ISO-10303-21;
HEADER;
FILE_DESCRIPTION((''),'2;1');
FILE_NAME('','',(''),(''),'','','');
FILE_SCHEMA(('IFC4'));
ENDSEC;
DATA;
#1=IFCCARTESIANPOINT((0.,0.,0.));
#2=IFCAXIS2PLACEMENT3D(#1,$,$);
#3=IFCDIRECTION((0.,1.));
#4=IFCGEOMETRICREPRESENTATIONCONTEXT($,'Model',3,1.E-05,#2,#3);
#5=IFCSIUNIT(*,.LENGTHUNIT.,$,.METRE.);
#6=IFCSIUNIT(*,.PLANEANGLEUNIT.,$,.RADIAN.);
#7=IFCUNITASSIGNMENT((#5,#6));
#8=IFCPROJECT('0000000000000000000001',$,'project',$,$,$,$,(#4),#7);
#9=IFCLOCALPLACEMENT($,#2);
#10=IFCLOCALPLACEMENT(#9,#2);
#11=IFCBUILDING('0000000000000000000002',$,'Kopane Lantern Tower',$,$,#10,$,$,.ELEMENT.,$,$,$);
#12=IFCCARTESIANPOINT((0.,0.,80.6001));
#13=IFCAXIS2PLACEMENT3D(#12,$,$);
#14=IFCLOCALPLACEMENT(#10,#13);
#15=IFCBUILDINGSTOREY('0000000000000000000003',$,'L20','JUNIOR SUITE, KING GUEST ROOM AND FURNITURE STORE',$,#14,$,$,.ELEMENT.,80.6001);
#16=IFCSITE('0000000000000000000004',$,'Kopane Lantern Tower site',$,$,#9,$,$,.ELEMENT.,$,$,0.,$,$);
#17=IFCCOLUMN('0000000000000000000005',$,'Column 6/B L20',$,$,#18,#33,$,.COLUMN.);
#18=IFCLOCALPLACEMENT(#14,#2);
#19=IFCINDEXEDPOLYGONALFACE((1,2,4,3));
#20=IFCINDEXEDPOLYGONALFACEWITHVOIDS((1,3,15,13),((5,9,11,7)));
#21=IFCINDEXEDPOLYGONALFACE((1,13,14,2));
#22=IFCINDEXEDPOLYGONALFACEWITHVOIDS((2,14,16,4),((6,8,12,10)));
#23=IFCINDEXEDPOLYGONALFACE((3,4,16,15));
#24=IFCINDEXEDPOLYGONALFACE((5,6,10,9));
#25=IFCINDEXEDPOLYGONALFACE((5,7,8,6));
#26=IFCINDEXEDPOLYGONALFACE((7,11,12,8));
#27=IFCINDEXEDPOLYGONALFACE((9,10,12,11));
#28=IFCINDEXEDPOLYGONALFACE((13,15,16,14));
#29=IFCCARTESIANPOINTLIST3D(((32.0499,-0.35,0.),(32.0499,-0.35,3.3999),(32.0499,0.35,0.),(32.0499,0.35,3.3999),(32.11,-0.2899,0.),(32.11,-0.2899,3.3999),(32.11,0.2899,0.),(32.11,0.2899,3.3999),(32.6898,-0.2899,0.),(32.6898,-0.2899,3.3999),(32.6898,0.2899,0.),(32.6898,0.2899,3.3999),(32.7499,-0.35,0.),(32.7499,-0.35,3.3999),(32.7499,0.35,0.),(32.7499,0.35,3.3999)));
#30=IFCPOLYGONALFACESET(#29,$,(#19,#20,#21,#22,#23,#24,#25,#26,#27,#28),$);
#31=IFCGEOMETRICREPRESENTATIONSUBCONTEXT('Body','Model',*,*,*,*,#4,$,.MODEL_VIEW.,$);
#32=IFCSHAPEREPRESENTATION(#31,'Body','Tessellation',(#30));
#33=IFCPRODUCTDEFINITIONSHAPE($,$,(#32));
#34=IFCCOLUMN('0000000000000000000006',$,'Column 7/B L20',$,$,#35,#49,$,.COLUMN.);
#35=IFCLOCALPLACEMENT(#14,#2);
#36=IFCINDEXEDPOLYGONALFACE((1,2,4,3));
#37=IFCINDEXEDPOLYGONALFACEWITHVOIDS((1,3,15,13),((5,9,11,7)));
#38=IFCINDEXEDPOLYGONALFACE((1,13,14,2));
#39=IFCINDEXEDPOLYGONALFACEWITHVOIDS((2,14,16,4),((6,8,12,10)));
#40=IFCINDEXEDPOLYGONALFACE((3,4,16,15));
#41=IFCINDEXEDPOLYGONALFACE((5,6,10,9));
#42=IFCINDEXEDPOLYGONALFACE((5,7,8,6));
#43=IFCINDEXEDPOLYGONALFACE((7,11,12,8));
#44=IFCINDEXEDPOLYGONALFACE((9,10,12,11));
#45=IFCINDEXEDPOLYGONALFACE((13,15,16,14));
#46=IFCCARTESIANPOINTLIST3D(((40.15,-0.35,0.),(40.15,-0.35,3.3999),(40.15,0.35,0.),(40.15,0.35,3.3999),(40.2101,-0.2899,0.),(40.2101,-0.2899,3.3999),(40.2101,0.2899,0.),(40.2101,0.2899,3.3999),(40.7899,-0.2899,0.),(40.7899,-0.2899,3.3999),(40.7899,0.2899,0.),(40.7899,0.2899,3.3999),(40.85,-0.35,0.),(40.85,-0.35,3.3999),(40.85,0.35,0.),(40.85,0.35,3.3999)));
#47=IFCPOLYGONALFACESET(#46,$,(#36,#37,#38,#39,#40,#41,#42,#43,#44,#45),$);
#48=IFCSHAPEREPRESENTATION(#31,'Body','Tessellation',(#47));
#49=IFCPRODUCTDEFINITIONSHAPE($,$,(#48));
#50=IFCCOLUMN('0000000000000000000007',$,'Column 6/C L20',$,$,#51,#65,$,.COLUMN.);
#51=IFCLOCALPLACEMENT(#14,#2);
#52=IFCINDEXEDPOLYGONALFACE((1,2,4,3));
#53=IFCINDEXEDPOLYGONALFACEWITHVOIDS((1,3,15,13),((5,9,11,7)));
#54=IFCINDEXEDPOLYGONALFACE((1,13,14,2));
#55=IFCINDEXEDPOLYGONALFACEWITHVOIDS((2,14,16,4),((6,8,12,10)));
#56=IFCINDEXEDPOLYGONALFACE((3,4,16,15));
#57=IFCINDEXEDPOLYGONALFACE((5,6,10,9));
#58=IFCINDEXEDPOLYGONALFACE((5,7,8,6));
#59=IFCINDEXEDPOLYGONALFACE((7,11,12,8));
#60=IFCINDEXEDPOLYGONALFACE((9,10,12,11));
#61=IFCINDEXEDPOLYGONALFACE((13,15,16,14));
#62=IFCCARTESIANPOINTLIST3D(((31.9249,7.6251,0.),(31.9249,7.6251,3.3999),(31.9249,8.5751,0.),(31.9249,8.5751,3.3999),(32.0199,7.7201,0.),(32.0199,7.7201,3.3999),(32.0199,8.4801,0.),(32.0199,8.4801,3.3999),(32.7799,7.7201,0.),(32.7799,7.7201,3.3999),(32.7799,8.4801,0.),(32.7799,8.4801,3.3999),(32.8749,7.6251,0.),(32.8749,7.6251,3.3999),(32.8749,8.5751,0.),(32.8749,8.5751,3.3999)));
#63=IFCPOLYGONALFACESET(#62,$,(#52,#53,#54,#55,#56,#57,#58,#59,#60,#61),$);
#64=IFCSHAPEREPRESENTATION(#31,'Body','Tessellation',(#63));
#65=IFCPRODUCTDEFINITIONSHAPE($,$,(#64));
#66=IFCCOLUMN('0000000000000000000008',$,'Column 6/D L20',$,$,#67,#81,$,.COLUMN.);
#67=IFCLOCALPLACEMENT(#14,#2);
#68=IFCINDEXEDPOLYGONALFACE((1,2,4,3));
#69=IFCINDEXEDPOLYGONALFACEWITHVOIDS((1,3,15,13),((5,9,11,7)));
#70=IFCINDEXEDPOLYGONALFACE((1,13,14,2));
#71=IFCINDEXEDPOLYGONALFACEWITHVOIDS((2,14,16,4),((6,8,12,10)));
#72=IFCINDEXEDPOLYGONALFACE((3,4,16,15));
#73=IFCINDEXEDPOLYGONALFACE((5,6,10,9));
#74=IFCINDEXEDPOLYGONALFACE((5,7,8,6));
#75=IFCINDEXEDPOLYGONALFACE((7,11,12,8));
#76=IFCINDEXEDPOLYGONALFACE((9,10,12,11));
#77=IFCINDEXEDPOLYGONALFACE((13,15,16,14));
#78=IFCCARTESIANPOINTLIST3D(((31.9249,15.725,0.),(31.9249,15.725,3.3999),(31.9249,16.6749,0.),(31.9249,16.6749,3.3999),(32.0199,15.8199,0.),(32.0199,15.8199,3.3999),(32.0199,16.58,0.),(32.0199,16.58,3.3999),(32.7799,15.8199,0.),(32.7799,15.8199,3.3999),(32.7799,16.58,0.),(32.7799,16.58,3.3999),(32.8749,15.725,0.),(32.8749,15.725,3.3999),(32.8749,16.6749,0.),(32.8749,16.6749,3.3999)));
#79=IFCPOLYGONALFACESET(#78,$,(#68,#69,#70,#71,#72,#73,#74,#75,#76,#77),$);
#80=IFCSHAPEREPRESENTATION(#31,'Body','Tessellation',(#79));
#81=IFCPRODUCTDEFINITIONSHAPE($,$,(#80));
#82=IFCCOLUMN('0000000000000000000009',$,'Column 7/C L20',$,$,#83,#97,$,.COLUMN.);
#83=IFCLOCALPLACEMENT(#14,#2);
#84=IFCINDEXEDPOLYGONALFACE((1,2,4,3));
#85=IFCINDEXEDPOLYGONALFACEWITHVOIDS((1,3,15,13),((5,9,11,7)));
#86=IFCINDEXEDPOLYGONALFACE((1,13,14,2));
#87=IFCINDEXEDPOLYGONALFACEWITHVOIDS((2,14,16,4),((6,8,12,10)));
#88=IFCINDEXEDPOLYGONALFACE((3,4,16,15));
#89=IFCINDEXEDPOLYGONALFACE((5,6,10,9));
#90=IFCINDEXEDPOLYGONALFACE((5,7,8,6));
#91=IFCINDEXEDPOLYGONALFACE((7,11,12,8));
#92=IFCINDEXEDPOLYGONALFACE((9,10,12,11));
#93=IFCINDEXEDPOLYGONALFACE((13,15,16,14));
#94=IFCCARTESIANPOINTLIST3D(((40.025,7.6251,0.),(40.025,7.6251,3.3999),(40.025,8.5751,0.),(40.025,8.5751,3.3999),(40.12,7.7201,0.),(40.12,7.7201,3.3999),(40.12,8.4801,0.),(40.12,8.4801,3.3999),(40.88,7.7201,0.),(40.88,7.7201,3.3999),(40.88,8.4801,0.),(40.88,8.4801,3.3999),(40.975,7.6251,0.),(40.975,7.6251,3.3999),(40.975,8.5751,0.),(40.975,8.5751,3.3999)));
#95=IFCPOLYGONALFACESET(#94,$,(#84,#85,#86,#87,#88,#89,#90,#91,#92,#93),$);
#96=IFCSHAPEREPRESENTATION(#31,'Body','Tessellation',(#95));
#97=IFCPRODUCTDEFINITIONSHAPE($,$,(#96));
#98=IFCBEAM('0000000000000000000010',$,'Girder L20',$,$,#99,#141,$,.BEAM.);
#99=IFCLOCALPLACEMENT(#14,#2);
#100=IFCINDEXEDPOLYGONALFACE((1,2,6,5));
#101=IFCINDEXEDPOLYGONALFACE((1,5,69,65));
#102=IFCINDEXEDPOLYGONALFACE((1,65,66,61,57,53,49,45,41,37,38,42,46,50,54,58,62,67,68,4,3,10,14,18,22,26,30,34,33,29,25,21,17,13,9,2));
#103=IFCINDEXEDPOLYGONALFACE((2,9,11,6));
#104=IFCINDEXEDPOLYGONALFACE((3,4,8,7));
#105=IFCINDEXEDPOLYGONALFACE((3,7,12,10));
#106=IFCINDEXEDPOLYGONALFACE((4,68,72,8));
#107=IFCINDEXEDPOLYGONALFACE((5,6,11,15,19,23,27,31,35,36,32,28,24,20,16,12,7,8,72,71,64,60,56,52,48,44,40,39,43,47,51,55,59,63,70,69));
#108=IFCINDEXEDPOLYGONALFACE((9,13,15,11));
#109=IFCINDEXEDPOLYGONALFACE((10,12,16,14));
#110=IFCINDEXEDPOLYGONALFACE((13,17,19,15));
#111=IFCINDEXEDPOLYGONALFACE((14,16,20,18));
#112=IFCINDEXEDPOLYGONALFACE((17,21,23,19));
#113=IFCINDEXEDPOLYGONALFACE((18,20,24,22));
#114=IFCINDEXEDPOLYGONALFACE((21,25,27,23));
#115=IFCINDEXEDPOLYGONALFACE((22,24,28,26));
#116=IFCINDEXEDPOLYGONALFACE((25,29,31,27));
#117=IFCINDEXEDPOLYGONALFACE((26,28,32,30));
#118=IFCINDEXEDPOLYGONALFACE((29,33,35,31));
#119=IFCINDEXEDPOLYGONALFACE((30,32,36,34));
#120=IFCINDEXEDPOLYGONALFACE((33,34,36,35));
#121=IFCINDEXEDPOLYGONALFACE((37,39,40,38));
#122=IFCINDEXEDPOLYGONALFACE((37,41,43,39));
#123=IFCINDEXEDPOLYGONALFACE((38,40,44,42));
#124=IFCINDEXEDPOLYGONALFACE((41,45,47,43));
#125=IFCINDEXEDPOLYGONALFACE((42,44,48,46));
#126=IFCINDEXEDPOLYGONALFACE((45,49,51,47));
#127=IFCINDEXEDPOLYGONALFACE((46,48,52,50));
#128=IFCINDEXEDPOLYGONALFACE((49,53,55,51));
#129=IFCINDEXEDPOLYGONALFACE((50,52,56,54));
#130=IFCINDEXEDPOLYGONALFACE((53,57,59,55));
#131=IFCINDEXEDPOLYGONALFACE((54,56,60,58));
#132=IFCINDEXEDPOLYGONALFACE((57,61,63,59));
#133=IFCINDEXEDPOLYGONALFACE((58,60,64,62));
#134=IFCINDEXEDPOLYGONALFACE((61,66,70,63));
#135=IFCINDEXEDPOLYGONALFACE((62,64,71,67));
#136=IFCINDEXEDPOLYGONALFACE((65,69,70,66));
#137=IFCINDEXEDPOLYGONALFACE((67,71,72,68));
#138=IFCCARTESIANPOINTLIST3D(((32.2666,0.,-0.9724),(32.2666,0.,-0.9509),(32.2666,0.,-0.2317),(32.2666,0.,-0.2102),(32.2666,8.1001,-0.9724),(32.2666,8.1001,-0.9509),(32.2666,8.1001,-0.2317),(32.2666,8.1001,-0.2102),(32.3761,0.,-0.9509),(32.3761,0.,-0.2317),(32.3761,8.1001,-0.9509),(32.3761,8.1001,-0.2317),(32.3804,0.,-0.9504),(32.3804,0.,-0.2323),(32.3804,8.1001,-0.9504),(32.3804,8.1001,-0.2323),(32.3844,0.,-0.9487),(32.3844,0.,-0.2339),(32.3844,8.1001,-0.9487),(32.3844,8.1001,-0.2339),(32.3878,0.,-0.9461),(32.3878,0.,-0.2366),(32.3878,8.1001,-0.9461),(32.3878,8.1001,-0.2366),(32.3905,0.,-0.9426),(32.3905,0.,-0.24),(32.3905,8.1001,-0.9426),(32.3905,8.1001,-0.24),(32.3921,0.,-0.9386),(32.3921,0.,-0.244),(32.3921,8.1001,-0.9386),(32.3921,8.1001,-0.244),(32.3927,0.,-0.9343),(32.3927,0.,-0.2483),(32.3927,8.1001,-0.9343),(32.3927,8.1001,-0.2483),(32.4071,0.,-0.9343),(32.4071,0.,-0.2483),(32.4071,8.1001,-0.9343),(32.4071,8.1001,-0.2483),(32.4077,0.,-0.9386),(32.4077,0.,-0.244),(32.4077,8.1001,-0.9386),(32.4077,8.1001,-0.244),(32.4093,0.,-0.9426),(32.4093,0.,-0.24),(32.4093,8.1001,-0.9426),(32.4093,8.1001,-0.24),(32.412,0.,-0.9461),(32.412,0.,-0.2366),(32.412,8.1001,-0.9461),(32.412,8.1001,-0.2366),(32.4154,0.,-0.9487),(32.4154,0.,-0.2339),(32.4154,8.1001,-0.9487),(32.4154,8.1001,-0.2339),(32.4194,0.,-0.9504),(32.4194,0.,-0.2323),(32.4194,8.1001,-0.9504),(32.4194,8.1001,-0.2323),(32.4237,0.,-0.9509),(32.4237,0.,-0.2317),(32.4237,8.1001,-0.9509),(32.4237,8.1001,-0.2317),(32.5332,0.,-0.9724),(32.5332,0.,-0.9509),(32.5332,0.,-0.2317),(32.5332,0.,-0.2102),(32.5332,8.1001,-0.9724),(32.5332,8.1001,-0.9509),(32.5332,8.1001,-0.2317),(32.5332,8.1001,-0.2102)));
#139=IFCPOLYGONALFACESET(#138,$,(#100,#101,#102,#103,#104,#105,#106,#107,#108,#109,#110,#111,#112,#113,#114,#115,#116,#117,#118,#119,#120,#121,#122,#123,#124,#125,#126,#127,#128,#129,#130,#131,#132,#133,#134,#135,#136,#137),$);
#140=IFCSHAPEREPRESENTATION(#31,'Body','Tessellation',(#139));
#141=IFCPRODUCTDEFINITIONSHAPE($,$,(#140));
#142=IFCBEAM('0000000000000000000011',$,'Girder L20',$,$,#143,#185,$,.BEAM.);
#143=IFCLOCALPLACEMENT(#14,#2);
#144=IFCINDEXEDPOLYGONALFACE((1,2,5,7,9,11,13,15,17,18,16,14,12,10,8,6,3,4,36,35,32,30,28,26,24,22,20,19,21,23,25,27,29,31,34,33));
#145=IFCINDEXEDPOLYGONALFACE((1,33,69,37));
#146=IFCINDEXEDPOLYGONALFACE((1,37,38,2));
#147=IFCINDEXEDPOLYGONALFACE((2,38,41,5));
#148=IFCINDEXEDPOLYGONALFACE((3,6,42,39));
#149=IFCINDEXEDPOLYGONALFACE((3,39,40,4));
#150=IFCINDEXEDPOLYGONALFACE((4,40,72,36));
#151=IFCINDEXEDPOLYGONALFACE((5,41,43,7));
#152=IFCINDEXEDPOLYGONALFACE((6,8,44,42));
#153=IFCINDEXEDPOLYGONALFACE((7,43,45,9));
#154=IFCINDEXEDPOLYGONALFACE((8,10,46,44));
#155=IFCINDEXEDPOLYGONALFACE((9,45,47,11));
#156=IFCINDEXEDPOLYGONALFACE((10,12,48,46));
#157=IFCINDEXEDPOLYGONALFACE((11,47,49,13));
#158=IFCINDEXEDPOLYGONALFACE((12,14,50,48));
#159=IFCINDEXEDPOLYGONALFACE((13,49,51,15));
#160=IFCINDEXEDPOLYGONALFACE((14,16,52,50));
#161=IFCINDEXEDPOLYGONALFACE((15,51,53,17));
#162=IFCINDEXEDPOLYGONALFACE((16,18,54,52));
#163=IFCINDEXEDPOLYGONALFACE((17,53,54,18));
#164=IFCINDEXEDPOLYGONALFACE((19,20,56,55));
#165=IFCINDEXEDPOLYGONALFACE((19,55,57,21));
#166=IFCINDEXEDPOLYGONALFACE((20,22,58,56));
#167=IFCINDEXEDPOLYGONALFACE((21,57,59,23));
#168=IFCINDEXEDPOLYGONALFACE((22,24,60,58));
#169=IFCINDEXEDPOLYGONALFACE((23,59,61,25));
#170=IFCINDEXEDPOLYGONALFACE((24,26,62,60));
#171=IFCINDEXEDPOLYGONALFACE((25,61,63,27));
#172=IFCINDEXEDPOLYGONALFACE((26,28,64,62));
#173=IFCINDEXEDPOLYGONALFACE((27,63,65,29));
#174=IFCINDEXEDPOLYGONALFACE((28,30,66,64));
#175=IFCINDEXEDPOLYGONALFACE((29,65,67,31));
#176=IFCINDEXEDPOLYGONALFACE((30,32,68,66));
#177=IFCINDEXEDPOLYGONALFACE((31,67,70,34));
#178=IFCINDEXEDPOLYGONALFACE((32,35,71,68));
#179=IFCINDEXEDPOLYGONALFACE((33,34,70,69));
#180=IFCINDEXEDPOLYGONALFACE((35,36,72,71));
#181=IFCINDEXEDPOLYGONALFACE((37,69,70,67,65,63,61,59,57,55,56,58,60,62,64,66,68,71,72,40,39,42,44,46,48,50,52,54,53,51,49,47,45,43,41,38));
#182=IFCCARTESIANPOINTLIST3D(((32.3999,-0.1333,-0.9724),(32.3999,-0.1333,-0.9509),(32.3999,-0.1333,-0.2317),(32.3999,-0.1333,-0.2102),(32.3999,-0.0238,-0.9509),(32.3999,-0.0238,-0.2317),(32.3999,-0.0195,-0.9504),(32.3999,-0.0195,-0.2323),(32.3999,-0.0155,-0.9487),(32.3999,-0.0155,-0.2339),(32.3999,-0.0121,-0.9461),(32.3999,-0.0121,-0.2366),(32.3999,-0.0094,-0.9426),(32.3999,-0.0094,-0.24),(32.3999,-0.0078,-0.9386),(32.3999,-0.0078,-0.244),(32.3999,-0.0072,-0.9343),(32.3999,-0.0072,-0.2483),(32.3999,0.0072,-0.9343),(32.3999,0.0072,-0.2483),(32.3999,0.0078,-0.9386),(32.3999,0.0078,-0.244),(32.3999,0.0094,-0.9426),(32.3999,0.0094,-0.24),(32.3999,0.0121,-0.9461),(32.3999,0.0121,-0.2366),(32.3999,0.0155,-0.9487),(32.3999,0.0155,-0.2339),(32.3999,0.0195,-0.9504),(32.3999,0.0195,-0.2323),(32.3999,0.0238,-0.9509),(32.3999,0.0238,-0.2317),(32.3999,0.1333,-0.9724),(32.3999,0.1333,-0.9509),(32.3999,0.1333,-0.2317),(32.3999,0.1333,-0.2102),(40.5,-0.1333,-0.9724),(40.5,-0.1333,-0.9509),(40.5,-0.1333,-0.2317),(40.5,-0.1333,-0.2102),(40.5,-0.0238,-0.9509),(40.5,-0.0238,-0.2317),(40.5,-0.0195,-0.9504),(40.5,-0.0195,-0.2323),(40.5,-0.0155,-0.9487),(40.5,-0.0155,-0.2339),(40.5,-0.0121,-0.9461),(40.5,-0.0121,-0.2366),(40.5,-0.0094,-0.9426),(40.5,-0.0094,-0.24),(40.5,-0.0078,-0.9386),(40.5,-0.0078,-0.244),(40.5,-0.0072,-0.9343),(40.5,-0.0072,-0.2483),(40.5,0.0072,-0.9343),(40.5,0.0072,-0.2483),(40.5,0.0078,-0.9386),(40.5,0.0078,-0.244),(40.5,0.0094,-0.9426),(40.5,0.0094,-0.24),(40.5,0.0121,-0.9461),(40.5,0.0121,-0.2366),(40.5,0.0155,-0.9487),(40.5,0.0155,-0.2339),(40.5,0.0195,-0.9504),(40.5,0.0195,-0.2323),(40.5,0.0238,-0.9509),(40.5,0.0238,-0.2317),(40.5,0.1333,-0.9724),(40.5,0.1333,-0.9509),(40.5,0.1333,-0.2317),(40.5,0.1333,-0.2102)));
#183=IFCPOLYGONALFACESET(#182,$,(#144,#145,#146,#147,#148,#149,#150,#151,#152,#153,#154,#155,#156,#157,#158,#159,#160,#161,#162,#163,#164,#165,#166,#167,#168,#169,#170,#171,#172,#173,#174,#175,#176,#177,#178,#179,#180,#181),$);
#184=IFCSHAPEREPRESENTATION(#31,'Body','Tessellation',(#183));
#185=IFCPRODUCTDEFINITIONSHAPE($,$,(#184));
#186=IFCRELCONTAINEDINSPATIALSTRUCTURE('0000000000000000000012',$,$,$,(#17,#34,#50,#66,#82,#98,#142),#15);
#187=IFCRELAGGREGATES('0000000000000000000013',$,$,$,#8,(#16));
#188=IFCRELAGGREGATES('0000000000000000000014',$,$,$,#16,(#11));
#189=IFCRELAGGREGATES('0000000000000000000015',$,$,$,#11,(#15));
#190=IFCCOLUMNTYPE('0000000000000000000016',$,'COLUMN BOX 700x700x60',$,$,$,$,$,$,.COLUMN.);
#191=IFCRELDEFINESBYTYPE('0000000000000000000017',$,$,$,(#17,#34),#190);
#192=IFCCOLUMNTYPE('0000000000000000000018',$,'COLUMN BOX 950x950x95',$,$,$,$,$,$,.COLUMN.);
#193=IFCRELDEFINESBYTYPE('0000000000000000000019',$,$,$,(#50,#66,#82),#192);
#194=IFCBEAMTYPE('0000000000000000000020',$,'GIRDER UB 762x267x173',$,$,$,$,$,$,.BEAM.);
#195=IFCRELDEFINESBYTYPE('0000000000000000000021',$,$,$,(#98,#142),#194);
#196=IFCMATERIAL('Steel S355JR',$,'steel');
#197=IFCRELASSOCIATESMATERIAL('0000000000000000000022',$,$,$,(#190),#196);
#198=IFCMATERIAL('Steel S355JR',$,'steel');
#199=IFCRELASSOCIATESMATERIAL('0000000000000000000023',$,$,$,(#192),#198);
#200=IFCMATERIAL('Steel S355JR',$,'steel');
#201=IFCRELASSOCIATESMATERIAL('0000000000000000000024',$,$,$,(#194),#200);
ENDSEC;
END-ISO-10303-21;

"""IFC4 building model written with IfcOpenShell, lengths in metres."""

from ifc_helpers import new_model, si_unit, direction, frame, origin, origin_2d, place, context, subcontext, project, spatial, hollow_rectangle, i_section, extrude, material, material_profile, profile_set, type_object, element, save


model = new_model("IFC4")

# Units and contexts
model_context = context("Model", 3, precision=1e-05, world=origin(), true_north=direction((0.0, 1.0)))
body_context = subcontext(model_context, "Body", "Model", "MODEL_VIEW")
ifc_project = project(units=[si_unit("LENGTHUNIT", "METRE"), si_unit("PLANEANGLEUNIT", "RADIAN")], contexts=[model_context])

# Site, building, storey
site_placement = place(None, origin())
site = spatial("IfcSite", under=ifc_project, at=site_placement, Name="Kopane Lantern Tower site", CompositionType="ELEMENT", RefElevation=0.0)
building_placement = place(site_placement, origin())
building = spatial("IfcBuilding", under=site, at=building_placement, Name="Kopane Lantern Tower", CompositionType="ELEMENT")
storey_placement = place(building_placement, frame((0.0, 0.0, 80.6001)))
storey = spatial("IfcBuildingStorey", under=building, at=storey_placement, Name="L20", Description="JUNIOR SUITE, KING GUEST ROOM AND FURNITURE STORE", CompositionType="ELEMENT", Elevation=80.6001)

# Columns
ifc_material_1 = material(Name="Steel S355JR", Category="steel")
ifc_material_profile_1 = material_profile(ifc_material_1, hollow_rectangle(XDim=0.7, YDim=0.7, WallThickness=0.0601, at=origin_2d()), Name="BOX 700x700x60")
ifc_profile_set_1 = profile_set([ifc_material_profile_1], Name="Steel S355JR")
column_type_1 = type_object("IfcColumnType", Name="COLUMN BOX 700x700x60", PredefinedType="COLUMN", material=ifc_profile_set_1)
for number, where, z_axis, x_axis, name in (
    (1, (32.3999, 0.0, 0.0), (0.0, 0.0, 1.0), (1.0, 0.0, 0.0), "Column 6/B L20"),
    (2, (40.5, 0.0, 0.0), (0.0, 0.0, 1.0), (1.0, 0.0, 0.0), "Column 7/B L20"),
):
    element("IfcColumn", number, at=place(storey_placement, frame(where, z_axis=z_axis, x_axis=x_axis)), inside=storey, type_object=column_type_1, Name=name, PredefinedType="COLUMN", context=body_context, shape_type="SweptSolid", body=[
        extrude(hollow_rectangle(XDim=0.7, YDim=0.7, WallThickness=0.0601, at=origin_2d()), origin(), (0.0, 0.0, 1.0), 3.3999),
    ])
ifc_material_2 = material(Name="Steel S355JR", Category="steel")
ifc_material_profile_2 = material_profile(ifc_material_2, hollow_rectangle(XDim=0.95, YDim=0.95, WallThickness=0.095, at=origin_2d()), Name="BOX 950x950x95")
ifc_profile_set_2 = profile_set([ifc_material_profile_2], Name="Steel S355JR")
column_type_2 = type_object("IfcColumnType", Name="COLUMN BOX 950x950x95", PredefinedType="COLUMN", material=ifc_profile_set_2)
for number, where, z_axis, x_axis, name in (
    (3, (32.3999, 8.1001, 0.0), (0.0, 0.0, 1.0), (1.0, 0.0, 0.0), "Column 6/C L20"),
    (4, (32.3999, 16.2, 0.0), (0.0, 0.0, 1.0), (1.0, 0.0, 0.0), "Column 6/D L20"),
    (5, (40.5, 8.1001, 0.0), (0.0, 0.0, 1.0), (1.0, 0.0, 0.0), "Column 7/C L20"),
):
    element("IfcColumn", number, at=place(storey_placement, frame(where, z_axis=z_axis, x_axis=x_axis)), inside=storey, type_object=column_type_2, Name=name, PredefinedType="COLUMN", context=body_context, shape_type="SweptSolid", body=[
        extrude(hollow_rectangle(XDim=0.95, YDim=0.95, WallThickness=0.095, at=origin_2d()), origin(), (0.0, 0.0, 1.0), 3.3999),
    ])

# Beams
ifc_material_3 = material(Name="Steel S355JR", Category="steel")
ifc_material_profile_3 = material_profile(ifc_material_3, i_section(OverallWidth=0.2666, OverallDepth=0.7622, WebThickness=0.0144, FlangeThickness=0.0215, FilletRadius=0.0166, at=origin_2d()), Name="UB 762x267x173")
ifc_profile_set_3 = profile_set([ifc_material_profile_3], Name="Steel S355JR")
beam_type = type_object("IfcBeamType", Name="GIRDER UB 762x267x173", PredefinedType="BEAM", material=ifc_profile_set_3)
for number, where, z_axis, x_axis, name in (
    (6, (32.3999, 0.0, -0.5913), (0.0, 1.0, 0.0), (-1.0, 0.0, 0.0), "Girder L20"),
    (7, (32.3999, 0.0, -0.5913), (1.0, 0.0, 0.0), (0.0, 1.0, 0.0), "Girder L20"),
):
    element("IfcBeam", number, at=place(storey_placement, frame(where, z_axis=z_axis, x_axis=x_axis)), inside=storey, type_object=beam_type, Name=name, PredefinedType="BEAM", context=body_context, shape_type="SweptSolid", body=[
        extrude(i_section(OverallWidth=0.2666, OverallDepth=0.7622, WebThickness=0.0144, FlangeThickness=0.0215, FilletRadius=0.0166, at=origin_2d()), origin(), (0.0, 0.0, 1.0), 8.1001),
    ])

save(model, "model.ifc")
